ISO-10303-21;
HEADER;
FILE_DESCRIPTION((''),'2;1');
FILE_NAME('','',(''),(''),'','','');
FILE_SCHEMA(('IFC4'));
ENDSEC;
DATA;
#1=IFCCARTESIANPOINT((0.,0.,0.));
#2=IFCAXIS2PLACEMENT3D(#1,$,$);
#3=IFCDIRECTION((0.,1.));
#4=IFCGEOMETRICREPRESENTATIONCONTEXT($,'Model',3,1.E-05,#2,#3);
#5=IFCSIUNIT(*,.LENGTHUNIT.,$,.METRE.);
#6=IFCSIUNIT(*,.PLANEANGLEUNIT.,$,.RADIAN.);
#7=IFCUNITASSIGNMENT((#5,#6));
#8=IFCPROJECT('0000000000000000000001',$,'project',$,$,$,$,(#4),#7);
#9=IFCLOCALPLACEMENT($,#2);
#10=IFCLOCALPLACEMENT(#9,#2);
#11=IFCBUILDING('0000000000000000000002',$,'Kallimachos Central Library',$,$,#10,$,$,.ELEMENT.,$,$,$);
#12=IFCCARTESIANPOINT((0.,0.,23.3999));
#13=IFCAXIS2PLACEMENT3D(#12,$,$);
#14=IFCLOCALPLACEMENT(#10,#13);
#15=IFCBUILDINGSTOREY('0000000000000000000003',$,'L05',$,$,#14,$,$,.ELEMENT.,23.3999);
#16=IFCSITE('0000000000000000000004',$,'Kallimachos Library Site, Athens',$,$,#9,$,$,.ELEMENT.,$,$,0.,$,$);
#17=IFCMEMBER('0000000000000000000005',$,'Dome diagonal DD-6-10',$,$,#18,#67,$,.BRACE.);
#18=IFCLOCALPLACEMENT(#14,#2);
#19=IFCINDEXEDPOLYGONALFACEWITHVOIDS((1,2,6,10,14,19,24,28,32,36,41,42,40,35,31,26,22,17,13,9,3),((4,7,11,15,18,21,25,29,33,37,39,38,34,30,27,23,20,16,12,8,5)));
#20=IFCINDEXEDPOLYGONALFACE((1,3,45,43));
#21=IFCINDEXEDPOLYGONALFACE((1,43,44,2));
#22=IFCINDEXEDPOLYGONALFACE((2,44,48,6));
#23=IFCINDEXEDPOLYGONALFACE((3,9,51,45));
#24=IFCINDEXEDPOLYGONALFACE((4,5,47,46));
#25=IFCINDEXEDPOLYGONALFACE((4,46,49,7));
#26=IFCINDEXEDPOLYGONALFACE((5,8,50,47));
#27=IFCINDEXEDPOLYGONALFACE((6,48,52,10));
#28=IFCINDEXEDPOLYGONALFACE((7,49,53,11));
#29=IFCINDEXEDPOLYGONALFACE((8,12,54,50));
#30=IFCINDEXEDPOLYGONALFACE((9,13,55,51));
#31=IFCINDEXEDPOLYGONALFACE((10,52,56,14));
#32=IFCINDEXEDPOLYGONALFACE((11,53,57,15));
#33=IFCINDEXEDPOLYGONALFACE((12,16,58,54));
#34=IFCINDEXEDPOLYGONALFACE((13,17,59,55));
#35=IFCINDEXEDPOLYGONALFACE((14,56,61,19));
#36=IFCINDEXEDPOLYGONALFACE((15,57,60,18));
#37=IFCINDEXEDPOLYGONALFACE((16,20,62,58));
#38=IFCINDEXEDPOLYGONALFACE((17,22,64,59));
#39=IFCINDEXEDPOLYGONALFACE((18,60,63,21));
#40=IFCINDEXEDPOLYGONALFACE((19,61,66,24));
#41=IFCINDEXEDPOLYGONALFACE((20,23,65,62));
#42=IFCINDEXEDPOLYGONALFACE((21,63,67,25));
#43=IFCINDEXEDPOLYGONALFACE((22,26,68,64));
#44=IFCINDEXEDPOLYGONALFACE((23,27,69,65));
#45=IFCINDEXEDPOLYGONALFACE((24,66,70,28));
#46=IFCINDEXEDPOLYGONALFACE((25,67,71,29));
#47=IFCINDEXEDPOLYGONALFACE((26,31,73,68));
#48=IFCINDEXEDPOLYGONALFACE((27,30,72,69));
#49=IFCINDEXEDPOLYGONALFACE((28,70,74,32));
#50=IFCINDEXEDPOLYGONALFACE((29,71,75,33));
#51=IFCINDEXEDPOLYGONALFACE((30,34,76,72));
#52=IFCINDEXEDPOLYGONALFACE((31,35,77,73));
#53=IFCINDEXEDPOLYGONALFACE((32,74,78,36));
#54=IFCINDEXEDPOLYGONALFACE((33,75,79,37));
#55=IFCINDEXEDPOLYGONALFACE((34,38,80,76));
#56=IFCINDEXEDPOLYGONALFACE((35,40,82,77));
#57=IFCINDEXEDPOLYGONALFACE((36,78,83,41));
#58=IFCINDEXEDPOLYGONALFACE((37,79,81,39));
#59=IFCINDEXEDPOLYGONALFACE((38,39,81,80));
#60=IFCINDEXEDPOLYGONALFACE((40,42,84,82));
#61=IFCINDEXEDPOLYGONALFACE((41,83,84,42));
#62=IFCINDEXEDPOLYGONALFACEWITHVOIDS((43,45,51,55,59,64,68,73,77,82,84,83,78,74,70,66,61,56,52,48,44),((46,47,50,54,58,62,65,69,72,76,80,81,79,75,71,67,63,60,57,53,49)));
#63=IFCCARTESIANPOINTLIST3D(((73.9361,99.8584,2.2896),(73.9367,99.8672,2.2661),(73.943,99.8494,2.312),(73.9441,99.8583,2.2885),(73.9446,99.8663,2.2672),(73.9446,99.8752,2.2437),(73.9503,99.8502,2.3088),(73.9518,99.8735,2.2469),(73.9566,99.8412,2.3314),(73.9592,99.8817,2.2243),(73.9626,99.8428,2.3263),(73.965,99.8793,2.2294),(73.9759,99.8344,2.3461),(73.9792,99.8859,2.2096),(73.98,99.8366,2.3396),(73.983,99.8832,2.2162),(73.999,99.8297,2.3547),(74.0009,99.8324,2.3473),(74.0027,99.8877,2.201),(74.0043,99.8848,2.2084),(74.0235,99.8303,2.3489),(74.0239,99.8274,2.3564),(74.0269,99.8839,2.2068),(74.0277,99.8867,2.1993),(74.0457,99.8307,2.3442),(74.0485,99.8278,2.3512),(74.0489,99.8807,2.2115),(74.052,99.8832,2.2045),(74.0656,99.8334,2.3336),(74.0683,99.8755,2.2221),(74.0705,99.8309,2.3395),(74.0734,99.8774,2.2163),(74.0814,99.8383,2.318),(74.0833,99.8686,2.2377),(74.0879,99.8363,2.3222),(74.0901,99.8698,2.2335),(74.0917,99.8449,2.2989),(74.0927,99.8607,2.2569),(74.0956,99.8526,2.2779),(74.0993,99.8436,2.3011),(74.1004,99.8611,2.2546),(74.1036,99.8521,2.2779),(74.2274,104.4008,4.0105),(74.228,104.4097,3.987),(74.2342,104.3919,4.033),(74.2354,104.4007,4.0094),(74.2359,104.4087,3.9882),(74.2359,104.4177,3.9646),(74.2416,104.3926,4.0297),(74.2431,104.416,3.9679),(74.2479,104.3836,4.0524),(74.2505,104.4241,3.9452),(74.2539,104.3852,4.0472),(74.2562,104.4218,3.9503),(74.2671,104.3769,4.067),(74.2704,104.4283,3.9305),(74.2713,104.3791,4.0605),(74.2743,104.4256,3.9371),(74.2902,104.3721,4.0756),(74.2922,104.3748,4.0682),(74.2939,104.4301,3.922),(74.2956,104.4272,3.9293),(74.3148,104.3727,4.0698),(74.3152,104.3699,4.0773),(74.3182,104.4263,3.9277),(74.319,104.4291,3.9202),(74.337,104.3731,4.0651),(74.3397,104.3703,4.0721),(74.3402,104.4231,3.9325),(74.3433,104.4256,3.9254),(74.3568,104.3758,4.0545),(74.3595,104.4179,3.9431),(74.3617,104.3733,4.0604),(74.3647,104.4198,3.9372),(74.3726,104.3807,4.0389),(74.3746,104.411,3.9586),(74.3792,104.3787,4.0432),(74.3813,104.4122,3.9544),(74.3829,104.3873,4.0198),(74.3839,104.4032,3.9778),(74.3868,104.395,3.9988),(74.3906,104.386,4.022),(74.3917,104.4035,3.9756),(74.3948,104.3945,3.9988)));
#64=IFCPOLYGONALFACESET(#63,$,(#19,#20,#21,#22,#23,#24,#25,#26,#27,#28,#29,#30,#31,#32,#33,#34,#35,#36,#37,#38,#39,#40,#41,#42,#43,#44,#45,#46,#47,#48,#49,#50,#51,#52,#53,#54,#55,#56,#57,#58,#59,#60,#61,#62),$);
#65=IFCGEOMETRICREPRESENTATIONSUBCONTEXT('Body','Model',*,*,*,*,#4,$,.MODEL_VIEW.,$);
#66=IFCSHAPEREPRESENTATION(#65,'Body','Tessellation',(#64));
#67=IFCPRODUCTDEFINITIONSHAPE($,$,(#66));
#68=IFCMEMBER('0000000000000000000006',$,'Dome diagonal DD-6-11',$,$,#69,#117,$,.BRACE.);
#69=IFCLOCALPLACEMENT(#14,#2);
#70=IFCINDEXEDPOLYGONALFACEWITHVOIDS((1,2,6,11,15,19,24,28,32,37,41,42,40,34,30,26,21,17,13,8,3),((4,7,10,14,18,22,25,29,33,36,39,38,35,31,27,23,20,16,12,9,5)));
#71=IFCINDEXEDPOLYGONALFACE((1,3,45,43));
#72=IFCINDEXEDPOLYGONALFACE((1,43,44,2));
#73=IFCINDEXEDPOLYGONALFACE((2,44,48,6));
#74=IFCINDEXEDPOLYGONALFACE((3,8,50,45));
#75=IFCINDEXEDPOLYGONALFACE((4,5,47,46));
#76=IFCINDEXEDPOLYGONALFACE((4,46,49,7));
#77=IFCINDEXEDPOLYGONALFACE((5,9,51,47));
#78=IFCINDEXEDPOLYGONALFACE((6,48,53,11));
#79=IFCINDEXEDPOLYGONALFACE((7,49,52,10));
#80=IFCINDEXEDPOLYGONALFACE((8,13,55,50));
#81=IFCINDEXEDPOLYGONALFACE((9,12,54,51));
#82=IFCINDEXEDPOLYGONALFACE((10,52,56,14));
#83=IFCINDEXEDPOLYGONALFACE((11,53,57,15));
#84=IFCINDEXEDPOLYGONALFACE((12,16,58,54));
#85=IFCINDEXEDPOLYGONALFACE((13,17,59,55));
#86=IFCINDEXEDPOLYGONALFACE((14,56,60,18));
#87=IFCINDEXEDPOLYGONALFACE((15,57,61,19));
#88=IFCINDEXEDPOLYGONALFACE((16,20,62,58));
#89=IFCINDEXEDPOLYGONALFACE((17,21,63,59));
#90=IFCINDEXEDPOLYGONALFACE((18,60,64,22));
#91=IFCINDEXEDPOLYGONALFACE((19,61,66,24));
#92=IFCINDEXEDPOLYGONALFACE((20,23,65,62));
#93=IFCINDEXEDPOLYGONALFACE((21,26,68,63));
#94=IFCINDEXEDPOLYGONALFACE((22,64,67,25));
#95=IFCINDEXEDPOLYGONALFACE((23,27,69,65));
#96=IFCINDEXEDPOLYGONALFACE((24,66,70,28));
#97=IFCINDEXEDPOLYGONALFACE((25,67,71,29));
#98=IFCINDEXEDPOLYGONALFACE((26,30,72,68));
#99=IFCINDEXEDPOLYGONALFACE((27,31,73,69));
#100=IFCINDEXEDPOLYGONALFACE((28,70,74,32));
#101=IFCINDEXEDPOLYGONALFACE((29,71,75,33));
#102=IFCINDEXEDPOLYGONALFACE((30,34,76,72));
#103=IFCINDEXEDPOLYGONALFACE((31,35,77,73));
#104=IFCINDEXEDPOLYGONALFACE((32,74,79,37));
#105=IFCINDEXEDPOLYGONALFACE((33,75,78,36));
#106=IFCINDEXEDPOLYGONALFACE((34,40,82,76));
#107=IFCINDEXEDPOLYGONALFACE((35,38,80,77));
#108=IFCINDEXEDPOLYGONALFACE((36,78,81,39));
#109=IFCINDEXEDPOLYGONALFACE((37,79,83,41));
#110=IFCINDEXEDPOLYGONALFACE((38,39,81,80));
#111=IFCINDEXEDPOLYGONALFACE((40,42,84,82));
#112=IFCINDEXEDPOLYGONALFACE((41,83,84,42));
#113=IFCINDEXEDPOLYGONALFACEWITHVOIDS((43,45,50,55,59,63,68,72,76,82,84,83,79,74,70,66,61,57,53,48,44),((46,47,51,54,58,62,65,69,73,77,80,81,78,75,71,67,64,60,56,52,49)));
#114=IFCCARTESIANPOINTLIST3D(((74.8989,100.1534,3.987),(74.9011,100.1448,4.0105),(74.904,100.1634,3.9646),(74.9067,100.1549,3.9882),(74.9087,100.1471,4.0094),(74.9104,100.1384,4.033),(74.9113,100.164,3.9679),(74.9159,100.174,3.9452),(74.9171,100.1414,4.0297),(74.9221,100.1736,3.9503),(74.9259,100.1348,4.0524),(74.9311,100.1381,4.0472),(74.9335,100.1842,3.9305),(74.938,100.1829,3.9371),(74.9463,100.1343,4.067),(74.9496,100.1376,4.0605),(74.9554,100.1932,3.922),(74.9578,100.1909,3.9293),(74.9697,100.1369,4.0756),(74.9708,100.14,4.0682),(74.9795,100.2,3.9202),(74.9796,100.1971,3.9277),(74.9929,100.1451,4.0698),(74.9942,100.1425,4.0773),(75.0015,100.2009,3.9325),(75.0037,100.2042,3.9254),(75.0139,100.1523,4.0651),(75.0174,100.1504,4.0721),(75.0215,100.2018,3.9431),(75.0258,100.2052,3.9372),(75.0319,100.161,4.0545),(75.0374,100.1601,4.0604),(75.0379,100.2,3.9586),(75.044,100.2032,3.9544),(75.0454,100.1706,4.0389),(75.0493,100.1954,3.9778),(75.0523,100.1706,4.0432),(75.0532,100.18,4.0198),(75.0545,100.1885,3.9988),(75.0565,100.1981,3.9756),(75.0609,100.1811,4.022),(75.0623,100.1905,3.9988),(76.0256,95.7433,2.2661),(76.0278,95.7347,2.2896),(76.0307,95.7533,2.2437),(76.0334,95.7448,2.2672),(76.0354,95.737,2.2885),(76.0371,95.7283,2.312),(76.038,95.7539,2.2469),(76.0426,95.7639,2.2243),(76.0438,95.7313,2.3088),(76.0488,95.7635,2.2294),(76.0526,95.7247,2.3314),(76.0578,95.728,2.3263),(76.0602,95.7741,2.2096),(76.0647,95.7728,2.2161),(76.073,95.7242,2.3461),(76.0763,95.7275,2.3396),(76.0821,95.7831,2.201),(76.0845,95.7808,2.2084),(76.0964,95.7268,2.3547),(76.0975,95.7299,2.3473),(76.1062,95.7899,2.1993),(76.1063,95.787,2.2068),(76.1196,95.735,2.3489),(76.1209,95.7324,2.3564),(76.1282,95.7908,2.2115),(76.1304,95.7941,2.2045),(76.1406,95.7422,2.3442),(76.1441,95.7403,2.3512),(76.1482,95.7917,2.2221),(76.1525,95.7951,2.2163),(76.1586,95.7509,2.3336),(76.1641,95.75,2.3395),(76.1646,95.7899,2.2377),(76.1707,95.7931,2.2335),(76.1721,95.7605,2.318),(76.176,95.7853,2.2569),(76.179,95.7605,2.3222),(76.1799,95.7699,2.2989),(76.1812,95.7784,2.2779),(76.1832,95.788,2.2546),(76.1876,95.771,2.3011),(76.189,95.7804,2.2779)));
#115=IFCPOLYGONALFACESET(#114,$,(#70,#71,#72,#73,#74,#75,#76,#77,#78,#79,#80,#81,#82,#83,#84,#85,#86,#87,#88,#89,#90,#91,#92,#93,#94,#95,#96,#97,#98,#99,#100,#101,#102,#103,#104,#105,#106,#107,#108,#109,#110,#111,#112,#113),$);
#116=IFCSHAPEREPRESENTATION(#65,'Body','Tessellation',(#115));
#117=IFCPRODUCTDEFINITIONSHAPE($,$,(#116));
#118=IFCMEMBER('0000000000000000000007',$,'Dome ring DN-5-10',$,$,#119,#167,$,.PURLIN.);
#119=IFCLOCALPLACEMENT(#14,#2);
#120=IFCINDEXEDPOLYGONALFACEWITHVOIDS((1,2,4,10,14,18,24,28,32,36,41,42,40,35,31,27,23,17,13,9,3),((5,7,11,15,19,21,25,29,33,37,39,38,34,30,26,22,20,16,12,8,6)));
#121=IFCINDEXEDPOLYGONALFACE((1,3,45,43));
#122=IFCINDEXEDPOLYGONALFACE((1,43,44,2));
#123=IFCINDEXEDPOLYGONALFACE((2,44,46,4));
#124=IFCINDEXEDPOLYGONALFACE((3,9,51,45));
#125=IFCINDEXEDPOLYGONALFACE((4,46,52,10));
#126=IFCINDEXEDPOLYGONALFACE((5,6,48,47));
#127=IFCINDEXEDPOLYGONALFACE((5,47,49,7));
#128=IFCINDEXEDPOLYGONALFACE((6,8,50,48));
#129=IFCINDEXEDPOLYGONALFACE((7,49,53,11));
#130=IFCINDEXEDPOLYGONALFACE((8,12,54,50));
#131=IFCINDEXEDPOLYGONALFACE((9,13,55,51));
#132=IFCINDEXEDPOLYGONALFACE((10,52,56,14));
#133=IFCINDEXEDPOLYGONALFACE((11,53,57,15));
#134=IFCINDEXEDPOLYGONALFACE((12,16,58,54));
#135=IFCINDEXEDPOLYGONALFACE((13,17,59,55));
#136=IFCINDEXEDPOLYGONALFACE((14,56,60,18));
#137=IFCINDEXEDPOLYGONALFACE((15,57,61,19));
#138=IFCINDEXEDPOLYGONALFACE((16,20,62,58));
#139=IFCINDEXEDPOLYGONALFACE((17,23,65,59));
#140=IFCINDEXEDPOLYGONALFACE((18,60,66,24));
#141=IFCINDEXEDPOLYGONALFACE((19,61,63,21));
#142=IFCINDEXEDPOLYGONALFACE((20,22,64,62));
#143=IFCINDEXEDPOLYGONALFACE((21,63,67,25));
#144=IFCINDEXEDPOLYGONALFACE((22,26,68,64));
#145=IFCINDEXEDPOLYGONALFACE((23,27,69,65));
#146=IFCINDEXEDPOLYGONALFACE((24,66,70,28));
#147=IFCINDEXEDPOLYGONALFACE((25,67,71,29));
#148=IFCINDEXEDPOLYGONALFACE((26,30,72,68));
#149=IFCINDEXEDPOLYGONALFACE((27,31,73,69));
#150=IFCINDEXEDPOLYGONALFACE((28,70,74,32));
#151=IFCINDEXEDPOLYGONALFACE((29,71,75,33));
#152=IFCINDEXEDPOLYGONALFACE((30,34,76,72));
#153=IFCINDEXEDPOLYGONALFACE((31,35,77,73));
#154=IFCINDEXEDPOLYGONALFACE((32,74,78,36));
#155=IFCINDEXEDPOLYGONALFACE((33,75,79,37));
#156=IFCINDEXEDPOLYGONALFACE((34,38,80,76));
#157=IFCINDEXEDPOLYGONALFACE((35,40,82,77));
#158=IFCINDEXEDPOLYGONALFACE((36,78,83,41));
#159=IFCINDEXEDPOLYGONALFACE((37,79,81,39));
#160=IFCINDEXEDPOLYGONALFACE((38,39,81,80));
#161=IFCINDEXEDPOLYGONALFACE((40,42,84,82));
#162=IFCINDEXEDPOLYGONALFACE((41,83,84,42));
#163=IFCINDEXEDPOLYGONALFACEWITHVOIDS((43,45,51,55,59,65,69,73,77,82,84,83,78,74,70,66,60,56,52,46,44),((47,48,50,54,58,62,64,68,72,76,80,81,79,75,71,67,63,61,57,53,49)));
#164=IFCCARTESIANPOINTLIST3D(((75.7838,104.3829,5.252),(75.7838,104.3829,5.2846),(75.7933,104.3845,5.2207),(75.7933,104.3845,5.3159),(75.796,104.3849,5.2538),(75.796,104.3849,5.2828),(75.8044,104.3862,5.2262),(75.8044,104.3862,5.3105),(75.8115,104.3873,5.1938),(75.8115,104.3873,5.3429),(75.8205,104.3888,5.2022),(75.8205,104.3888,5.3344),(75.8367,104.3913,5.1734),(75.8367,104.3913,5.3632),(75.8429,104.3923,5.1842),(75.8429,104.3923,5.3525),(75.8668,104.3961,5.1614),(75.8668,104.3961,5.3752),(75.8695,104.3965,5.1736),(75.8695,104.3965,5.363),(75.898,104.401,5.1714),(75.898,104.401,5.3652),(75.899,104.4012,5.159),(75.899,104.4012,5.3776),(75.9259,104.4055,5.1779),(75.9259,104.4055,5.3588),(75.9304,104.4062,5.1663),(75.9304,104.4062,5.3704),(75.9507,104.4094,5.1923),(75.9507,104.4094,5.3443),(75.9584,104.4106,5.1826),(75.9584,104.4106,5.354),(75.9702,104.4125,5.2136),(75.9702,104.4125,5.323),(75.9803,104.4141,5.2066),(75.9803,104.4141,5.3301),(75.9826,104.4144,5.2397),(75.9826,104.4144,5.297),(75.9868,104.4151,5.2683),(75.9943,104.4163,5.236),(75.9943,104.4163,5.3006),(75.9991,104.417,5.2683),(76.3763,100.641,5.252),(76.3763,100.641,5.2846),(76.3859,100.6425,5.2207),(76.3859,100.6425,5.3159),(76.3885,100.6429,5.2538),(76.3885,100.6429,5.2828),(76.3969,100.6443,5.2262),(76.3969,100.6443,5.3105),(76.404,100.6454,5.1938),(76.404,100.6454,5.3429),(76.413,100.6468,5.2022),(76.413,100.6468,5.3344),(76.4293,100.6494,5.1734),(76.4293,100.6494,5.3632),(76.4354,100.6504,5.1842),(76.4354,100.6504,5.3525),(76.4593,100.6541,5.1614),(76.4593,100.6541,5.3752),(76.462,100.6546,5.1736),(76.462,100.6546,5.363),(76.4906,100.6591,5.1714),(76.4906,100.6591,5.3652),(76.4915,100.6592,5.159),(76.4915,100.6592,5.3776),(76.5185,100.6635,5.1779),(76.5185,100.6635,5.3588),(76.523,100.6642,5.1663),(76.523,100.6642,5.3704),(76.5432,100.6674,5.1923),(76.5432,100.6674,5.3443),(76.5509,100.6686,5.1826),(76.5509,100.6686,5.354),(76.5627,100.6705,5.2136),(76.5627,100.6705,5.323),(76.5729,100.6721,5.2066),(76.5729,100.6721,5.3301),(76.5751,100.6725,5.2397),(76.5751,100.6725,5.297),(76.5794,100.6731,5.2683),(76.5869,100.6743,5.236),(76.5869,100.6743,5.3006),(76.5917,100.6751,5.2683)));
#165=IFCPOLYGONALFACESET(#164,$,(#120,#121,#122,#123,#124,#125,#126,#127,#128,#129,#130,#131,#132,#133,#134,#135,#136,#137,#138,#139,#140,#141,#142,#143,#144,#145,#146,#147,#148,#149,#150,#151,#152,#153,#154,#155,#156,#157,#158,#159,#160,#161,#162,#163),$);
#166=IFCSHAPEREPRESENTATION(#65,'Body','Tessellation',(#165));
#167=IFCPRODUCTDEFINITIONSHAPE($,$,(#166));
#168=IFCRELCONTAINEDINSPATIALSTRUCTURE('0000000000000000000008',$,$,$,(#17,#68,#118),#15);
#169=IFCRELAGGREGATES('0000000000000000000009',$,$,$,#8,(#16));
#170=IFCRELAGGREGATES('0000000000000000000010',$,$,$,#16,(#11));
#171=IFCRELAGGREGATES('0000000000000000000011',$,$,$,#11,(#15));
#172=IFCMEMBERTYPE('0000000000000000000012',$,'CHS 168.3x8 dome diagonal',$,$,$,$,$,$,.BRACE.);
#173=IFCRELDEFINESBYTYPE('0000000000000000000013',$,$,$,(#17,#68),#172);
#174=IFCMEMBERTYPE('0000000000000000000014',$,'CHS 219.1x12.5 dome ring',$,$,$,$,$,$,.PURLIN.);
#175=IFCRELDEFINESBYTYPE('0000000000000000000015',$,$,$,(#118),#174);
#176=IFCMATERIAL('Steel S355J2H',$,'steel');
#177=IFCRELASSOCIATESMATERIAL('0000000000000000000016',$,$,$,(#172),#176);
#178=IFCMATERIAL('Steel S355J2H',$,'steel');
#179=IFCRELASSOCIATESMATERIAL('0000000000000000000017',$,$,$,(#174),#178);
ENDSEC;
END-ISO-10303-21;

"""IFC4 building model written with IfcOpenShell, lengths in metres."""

from ifc_helpers import new_model, si_unit, direction, frame, origin, origin_2d, place, context, subcontext, project, spatial, hollow_circle, extrude, material, material_profile, profile_set, type_object, element, save


model = new_model("IFC4")

# Units and contexts
model_context = context("Model", 3, precision=1e-05, world=origin(), true_north=direction((0.0, 1.0)))
body_context = subcontext(model_context, "Body", "Model", "MODEL_VIEW")
ifc_project = project(units=[si_unit("LENGTHUNIT", "METRE"), si_unit("PLANEANGLEUNIT", "RADIAN")], contexts=[model_context])

# Site, building, storey
site_placement = place(None, origin())
site = spatial("IfcSite", under=ifc_project, at=site_placement, Name="Kallimachos Library Site, Athens", CompositionType="ELEMENT", RefElevation=0.0)
building_placement = place(site_placement, origin())
building = spatial("IfcBuilding", under=site, at=building_placement, Name="Kallimachos Central Library", CompositionType="ELEMENT")
storey_placement = place(building_placement, frame((0.0, 0.0, 23.3999)))
storey = spatial("IfcBuildingStorey", under=building, at=storey_placement, Name="L05", CompositionType="ELEMENT", Elevation=23.3999)

# Members
ifc_material_1 = material(Name="Steel S355J2H", Category="steel")
ifc_material_profile_1 = material_profile(ifc_material_1, hollow_circle(Radius=0.0842, WallThickness=0.0081, at=origin_2d()), Name="CHS 168.3x8")
ifc_profile_set_1 = profile_set([ifc_material_profile_1], Name="Steel S355J2H")
member_type_1 = type_object("IfcMemberType", Name="CHS 168.3x8 dome diagonal", PredefinedType="BRACE", material=ifc_profile_set_1)
for number, where, z_axis, x_axis, name in (
    (1, (74.3108, 104.3999, 3.9988), (-0.059853, -0.933462, -0.353648), (0.997951, -0.063988, 0.0), "Dome diagonal DD-6-10"),
    (2, (74.9807, 100.1697, 3.9988), (0.231534, -0.90627, -0.353648), (0.96888, 0.24753, 0.0), "Dome diagonal DD-6-11"),
):
    element("IfcMember", number, at=place(storey_placement, frame(where, z_axis=z_axis, x_axis=x_axis)), inside=storey, type_object=member_type_1, Name=name, PredefinedType="BRACE", context=body_context, shape_type="SweptSolid", body=[
        extrude(hollow_circle(Radius=0.0842, WallThickness=0.0081, at=origin_2d()), origin(), (0.0, 0.0, 1.0), 4.8662),
    ])
ifc_material_2 = material(Name="Steel S355J2H", Category="steel")
ifc_material_profile_2 = material_profile(ifc_material_2, hollow_circle(Radius=0.1096, WallThickness=0.0125, at=origin_2d()), Name="CHS 219.1x12.5")
ifc_profile_set_2 = profile_set([ifc_material_profile_2], Name="Steel S355J2H")
member_type_2 = type_object("IfcMemberType", Name="CHS 219.1x12.5 dome ring", PredefinedType="PURLIN", material=ifc_profile_set_2)
member_1_placement = place(storey_placement, frame((75.8909, 104.3999, 5.2683), z_axis=(0.156399, -0.987694, 0.0), x_axis=(0.987694, 0.156399, 0.0)))
element("IfcMember", 3, at=member_1_placement, inside=storey, type_object=member_type_2, Name="Dome ring DN-5-10", PredefinedType="PURLIN", context=body_context, shape_type="SweptSolid", body=[
    extrude(hollow_circle(Radius=0.1096, WallThickness=0.0125, at=origin_2d()), origin(), (0.0, 0.0, 1.0), 3.7886),
])

save(model, "model.ifc")
